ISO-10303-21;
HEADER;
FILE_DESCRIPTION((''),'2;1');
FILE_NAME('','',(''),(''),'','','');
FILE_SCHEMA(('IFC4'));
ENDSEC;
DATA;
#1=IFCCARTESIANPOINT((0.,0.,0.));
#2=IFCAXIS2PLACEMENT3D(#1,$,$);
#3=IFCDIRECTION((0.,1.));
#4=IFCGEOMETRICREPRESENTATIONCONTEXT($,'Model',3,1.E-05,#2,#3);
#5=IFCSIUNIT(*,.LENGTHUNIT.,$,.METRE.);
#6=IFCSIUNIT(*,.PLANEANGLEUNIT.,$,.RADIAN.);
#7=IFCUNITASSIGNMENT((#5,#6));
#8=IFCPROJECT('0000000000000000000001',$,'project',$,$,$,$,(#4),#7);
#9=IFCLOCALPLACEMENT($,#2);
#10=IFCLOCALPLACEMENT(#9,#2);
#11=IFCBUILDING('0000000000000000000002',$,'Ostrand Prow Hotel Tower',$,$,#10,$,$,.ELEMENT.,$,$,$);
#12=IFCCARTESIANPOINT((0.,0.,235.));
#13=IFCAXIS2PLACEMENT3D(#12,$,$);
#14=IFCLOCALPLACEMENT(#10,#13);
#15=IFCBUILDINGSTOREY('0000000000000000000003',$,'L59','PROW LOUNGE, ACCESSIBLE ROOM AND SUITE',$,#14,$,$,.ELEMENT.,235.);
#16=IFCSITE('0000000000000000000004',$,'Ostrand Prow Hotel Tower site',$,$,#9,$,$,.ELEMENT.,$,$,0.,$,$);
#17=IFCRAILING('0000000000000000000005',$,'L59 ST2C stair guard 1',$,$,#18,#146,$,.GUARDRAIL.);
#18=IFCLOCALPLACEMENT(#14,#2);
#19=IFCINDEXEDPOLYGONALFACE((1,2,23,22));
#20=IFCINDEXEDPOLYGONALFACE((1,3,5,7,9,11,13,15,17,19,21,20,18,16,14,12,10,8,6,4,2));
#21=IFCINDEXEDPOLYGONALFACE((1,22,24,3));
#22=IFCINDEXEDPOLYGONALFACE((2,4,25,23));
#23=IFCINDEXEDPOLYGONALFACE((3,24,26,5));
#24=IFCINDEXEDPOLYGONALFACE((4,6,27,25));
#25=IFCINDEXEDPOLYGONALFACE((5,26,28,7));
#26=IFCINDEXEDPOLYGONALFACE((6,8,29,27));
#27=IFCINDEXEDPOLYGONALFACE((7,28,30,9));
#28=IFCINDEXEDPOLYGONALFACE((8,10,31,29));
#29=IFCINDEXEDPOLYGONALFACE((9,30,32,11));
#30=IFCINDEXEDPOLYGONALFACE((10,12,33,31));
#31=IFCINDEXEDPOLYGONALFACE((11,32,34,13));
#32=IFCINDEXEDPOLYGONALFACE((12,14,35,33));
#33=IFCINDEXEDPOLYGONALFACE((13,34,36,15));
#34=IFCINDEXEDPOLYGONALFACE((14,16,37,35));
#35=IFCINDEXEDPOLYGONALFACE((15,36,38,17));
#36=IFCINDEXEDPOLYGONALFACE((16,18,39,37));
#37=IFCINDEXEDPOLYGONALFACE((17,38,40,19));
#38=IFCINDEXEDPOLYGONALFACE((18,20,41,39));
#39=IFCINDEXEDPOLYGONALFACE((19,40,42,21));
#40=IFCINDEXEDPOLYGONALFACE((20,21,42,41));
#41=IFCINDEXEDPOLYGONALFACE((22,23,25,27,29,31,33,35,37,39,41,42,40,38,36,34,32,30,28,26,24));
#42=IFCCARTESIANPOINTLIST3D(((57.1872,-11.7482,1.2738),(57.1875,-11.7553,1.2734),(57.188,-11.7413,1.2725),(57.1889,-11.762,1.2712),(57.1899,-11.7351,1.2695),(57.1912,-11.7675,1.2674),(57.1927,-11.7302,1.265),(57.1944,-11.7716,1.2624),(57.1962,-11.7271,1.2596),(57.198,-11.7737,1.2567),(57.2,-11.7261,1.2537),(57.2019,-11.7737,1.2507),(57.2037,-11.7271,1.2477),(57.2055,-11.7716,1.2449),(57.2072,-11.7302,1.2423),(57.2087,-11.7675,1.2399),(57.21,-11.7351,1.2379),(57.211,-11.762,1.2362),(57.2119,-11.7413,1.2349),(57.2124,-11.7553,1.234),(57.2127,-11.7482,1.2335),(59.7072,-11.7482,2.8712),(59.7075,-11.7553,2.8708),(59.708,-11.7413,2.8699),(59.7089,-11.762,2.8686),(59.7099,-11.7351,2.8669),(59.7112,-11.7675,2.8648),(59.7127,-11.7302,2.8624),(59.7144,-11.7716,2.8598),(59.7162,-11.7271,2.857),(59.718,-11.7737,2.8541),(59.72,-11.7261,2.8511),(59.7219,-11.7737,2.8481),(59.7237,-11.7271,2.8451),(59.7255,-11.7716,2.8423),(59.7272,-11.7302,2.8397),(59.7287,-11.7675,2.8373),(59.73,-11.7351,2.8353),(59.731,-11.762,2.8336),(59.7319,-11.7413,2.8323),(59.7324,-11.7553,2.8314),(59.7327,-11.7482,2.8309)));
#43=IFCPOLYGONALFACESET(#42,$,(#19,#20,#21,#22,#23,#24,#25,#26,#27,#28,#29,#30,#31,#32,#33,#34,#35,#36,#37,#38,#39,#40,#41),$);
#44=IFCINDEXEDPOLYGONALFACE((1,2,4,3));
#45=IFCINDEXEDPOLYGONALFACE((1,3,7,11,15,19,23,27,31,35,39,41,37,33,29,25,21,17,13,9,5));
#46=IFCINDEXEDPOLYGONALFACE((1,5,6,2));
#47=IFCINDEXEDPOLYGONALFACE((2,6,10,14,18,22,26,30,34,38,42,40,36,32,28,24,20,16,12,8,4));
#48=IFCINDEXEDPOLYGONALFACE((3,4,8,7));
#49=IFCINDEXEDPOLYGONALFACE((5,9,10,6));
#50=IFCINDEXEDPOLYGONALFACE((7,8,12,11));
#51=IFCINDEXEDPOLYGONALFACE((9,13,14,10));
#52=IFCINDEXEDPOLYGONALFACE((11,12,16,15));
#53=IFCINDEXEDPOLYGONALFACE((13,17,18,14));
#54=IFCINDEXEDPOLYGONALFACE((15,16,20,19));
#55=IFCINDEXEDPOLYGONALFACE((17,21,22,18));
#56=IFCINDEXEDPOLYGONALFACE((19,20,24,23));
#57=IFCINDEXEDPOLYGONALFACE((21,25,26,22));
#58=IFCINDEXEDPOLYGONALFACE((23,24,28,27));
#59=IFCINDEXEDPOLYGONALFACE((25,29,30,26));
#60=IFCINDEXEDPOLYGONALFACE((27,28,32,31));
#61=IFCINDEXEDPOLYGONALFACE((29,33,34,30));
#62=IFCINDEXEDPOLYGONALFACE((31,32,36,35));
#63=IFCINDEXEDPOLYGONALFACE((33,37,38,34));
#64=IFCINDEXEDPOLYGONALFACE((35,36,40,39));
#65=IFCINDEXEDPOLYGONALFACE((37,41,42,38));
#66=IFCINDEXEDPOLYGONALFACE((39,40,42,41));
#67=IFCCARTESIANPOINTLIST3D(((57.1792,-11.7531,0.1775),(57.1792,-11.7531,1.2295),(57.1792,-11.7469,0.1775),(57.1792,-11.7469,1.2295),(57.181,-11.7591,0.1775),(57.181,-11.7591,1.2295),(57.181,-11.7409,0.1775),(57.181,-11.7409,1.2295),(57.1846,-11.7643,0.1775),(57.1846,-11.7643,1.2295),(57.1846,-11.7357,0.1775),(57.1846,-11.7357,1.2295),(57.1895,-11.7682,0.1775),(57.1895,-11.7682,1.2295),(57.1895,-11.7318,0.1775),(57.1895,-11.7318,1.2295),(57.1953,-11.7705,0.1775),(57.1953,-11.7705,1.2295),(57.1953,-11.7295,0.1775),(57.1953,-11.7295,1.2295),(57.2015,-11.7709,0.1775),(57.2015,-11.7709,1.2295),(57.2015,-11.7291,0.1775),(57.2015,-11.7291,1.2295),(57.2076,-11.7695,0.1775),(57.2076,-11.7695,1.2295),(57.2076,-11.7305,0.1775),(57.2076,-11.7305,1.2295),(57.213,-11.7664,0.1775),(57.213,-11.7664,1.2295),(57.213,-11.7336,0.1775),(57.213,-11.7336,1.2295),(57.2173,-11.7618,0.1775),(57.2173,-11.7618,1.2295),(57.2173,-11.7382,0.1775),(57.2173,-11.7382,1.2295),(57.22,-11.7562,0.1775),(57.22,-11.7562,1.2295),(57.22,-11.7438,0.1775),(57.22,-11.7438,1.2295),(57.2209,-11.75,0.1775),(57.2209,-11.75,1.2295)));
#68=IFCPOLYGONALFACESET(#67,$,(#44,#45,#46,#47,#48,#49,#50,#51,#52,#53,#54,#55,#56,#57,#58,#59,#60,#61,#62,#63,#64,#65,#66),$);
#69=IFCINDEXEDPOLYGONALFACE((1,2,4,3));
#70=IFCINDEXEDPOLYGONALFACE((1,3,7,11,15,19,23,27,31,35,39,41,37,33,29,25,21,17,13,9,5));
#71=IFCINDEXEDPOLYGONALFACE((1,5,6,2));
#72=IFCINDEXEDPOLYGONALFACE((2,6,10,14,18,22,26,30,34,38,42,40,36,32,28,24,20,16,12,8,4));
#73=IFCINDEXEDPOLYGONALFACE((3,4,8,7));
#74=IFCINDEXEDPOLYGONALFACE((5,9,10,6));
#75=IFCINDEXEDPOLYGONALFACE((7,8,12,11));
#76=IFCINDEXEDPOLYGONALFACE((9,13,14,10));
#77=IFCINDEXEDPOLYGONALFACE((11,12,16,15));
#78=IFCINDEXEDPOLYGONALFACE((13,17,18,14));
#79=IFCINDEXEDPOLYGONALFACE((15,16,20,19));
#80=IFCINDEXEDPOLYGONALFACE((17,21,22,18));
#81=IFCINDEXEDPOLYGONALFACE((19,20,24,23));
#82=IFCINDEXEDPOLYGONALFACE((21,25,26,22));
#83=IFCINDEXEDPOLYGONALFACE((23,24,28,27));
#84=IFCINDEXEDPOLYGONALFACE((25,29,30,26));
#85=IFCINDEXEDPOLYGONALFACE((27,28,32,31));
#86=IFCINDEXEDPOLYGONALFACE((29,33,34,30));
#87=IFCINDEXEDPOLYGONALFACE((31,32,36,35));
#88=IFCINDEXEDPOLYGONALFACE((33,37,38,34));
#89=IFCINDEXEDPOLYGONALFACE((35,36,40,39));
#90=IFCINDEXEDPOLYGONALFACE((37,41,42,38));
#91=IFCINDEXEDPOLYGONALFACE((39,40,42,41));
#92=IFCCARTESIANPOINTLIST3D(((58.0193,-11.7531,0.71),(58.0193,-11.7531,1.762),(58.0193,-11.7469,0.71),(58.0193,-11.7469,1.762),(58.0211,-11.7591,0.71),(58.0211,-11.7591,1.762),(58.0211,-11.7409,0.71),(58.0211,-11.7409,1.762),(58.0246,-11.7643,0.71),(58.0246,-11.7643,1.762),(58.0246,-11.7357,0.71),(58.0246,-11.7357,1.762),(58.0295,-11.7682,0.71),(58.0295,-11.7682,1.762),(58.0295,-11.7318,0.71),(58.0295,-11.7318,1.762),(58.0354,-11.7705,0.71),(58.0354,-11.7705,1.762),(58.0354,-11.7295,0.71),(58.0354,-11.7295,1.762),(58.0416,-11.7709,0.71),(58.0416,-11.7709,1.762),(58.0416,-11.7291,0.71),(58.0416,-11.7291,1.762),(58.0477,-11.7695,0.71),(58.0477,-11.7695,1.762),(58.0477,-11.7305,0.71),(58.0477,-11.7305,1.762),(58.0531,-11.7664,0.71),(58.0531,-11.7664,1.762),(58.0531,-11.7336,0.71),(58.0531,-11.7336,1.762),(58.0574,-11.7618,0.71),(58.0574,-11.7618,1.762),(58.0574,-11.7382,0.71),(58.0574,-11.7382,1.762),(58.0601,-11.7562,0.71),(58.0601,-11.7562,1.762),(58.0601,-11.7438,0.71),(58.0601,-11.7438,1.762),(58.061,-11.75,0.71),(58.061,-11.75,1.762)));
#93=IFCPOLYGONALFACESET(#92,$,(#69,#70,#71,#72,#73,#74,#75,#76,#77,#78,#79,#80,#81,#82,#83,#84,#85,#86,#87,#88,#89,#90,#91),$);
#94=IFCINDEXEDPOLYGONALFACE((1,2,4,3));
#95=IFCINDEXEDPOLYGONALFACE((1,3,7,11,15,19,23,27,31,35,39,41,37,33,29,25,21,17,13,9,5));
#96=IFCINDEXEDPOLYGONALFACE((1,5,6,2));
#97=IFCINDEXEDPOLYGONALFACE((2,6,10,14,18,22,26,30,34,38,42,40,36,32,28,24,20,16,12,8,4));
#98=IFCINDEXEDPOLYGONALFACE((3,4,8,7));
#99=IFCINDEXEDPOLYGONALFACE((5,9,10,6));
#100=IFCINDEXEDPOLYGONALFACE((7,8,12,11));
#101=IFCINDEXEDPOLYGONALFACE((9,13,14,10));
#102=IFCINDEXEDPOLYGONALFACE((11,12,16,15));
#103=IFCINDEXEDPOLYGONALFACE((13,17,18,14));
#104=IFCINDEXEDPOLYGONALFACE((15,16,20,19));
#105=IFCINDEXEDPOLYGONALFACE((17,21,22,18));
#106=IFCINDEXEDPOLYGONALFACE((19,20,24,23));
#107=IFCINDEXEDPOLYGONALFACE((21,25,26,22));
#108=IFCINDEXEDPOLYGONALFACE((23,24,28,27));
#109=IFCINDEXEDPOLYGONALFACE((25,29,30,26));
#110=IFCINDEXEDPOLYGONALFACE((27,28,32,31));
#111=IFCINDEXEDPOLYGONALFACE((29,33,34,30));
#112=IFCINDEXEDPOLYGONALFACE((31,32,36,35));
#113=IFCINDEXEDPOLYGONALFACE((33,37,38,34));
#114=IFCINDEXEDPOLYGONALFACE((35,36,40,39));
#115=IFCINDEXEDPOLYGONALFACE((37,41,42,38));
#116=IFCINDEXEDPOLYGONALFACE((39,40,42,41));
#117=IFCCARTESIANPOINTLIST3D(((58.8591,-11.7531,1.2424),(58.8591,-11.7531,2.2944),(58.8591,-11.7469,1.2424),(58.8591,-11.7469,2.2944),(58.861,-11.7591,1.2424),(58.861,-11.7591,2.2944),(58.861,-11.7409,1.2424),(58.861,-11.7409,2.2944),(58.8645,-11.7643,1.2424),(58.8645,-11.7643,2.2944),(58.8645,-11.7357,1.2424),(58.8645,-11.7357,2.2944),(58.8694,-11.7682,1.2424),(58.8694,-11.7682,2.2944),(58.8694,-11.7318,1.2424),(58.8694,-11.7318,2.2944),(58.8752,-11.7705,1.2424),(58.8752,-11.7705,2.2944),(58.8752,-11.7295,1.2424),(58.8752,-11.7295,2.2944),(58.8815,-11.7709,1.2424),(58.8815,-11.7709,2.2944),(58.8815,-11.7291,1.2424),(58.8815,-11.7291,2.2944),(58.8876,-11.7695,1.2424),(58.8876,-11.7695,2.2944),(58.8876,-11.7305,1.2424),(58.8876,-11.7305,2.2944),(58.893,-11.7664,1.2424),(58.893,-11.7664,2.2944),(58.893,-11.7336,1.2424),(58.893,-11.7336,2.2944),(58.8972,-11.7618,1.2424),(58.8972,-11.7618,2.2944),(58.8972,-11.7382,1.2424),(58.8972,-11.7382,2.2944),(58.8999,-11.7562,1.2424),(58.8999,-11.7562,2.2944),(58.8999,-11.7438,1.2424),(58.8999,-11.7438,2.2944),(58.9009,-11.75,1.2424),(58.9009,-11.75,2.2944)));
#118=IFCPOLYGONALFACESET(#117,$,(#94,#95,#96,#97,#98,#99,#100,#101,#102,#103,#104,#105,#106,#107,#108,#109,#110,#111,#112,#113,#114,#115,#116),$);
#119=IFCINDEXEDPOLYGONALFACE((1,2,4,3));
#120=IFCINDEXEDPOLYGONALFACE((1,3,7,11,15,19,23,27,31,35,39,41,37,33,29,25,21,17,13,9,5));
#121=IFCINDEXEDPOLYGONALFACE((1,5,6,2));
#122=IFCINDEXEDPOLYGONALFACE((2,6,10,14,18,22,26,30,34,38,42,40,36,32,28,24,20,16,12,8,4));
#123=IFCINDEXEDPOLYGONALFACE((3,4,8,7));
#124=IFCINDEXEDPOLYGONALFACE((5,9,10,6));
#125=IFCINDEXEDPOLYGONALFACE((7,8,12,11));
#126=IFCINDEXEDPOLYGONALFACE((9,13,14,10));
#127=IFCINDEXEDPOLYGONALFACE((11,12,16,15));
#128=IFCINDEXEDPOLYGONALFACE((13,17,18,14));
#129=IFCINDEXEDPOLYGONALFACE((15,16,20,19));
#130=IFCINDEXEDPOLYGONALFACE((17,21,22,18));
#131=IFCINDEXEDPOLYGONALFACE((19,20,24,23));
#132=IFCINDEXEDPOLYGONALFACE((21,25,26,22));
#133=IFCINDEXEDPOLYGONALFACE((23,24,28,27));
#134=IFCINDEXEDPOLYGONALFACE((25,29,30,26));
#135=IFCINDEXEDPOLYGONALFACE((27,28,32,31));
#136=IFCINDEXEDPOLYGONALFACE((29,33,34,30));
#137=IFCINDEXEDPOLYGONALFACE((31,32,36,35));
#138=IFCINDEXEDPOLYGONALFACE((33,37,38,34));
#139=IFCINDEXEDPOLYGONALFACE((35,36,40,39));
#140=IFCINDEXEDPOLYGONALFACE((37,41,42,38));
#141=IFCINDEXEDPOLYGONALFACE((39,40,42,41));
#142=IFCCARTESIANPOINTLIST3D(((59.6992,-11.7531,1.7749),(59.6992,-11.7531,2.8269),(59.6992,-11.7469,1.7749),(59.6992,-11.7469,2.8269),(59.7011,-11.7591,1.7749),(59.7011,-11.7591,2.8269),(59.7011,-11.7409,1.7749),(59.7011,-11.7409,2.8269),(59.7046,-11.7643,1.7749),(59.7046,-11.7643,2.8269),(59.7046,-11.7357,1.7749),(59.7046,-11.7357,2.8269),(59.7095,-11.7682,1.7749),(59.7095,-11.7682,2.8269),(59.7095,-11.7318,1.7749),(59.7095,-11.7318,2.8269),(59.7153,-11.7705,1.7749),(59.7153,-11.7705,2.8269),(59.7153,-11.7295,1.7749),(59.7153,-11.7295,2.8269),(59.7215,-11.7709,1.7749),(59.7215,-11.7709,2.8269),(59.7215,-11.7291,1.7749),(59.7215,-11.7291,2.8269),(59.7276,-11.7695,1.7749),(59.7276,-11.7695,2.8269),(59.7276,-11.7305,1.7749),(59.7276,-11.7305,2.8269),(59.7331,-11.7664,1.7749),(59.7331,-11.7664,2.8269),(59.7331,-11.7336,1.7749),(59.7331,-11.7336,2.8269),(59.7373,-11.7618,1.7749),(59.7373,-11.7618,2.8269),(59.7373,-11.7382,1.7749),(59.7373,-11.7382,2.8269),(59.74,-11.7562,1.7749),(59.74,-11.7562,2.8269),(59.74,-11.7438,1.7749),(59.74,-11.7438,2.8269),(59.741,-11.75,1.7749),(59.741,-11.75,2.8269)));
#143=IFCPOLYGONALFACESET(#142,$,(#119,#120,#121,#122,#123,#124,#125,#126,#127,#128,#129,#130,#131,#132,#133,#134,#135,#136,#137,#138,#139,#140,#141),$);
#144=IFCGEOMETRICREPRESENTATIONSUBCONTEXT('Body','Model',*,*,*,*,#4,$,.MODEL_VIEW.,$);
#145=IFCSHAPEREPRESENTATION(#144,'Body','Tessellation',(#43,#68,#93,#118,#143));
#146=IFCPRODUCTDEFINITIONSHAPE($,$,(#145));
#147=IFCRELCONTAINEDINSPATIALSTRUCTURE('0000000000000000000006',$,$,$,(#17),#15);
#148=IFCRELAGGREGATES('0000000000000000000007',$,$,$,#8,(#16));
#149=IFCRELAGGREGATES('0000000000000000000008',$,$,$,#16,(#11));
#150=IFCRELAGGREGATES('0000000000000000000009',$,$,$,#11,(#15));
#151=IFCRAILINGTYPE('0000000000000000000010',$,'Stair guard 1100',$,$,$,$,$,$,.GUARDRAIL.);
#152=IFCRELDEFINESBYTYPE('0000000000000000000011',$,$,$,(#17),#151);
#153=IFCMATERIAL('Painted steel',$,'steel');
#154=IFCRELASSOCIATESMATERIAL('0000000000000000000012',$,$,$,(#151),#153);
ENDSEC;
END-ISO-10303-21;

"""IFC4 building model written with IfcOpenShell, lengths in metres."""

from ifc_helpers import new_model, si_unit, direction, frame, origin, origin_2d, place, context, subcontext, project, spatial, circle, extrude, material, type_object, element, save


model = new_model("IFC4")

# Units and contexts
model_context = context("Model", 3, precision=1e-05, world=origin(), true_north=direction((0.0, 1.0)))
body_context = subcontext(model_context, "Body", "Model", "MODEL_VIEW")
ifc_project = project(units=[si_unit("LENGTHUNIT", "METRE"), si_unit("PLANEANGLEUNIT", "RADIAN")], contexts=[model_context])

# Site, building, storey
site_placement = place(None, origin())
site = spatial("IfcSite", under=ifc_project, at=site_placement, Name="Ostrand Prow Hotel Tower site", CompositionType="ELEMENT", RefElevation=0.0)
building_placement = place(site_placement, origin())
building = spatial("IfcBuilding", under=site, at=building_placement, Name="Ostrand Prow Hotel Tower", CompositionType="ELEMENT")
storey_placement = place(building_placement, frame((0.0, 0.0, 235.0)))
storey = spatial("IfcBuildingStorey", under=building, at=storey_placement, Name="L59", Description="PROW LOUNGE, ACCESSIBLE ROOM AND SUITE", CompositionType="ELEMENT", Elevation=235.0)

# Railing
ifc_material_1 = material(Name="Painted steel", Category="steel")
railing_type_1 = type_object("IfcRailingType", Name="Stair guard 1100", PredefinedType="GUARDRAIL", material=ifc_material_1)
railing_1_placement = place(storey_placement, frame((57.2, -11.75, 0.1775)))
element("IfcRailing", 1, at=railing_1_placement, inside=storey, type_object=railing_type_1, Name="L59 ST2C stair guard 1", PredefinedType="GUARDRAIL", context=body_context, shape_type="SweptSolid", body=[
    extrude(circle(Radius=0.0239, at=origin_2d()), frame((0.0, 0.0, 1.0762), z_axis=(0.844607, 0.0, 0.535387), x_axis=(0.0, 1.0, 0.0)), (0.0, 0.0, 1.0), 2.9836),
    extrude(circle(Radius=0.021, at=origin_2d()), origin(), (0.0, 0.0, 1.0), 1.052),
    extrude(circle(Radius=0.021, at=origin_2d()), frame((0.8401, 0.0, 0.5325)), (0.0, 0.0, 1.0), 1.052),
    extrude(circle(Radius=0.021, at=origin_2d()), frame((1.6799, 0.0, 1.0649)), (0.0, 0.0, 1.0), 1.052),
    extrude(circle(Radius=0.021, at=origin_2d()), frame((2.52, 0.0, 1.5974)), (0.0, 0.0, 1.0), 1.052),
])

save(model, "model.ifc")
